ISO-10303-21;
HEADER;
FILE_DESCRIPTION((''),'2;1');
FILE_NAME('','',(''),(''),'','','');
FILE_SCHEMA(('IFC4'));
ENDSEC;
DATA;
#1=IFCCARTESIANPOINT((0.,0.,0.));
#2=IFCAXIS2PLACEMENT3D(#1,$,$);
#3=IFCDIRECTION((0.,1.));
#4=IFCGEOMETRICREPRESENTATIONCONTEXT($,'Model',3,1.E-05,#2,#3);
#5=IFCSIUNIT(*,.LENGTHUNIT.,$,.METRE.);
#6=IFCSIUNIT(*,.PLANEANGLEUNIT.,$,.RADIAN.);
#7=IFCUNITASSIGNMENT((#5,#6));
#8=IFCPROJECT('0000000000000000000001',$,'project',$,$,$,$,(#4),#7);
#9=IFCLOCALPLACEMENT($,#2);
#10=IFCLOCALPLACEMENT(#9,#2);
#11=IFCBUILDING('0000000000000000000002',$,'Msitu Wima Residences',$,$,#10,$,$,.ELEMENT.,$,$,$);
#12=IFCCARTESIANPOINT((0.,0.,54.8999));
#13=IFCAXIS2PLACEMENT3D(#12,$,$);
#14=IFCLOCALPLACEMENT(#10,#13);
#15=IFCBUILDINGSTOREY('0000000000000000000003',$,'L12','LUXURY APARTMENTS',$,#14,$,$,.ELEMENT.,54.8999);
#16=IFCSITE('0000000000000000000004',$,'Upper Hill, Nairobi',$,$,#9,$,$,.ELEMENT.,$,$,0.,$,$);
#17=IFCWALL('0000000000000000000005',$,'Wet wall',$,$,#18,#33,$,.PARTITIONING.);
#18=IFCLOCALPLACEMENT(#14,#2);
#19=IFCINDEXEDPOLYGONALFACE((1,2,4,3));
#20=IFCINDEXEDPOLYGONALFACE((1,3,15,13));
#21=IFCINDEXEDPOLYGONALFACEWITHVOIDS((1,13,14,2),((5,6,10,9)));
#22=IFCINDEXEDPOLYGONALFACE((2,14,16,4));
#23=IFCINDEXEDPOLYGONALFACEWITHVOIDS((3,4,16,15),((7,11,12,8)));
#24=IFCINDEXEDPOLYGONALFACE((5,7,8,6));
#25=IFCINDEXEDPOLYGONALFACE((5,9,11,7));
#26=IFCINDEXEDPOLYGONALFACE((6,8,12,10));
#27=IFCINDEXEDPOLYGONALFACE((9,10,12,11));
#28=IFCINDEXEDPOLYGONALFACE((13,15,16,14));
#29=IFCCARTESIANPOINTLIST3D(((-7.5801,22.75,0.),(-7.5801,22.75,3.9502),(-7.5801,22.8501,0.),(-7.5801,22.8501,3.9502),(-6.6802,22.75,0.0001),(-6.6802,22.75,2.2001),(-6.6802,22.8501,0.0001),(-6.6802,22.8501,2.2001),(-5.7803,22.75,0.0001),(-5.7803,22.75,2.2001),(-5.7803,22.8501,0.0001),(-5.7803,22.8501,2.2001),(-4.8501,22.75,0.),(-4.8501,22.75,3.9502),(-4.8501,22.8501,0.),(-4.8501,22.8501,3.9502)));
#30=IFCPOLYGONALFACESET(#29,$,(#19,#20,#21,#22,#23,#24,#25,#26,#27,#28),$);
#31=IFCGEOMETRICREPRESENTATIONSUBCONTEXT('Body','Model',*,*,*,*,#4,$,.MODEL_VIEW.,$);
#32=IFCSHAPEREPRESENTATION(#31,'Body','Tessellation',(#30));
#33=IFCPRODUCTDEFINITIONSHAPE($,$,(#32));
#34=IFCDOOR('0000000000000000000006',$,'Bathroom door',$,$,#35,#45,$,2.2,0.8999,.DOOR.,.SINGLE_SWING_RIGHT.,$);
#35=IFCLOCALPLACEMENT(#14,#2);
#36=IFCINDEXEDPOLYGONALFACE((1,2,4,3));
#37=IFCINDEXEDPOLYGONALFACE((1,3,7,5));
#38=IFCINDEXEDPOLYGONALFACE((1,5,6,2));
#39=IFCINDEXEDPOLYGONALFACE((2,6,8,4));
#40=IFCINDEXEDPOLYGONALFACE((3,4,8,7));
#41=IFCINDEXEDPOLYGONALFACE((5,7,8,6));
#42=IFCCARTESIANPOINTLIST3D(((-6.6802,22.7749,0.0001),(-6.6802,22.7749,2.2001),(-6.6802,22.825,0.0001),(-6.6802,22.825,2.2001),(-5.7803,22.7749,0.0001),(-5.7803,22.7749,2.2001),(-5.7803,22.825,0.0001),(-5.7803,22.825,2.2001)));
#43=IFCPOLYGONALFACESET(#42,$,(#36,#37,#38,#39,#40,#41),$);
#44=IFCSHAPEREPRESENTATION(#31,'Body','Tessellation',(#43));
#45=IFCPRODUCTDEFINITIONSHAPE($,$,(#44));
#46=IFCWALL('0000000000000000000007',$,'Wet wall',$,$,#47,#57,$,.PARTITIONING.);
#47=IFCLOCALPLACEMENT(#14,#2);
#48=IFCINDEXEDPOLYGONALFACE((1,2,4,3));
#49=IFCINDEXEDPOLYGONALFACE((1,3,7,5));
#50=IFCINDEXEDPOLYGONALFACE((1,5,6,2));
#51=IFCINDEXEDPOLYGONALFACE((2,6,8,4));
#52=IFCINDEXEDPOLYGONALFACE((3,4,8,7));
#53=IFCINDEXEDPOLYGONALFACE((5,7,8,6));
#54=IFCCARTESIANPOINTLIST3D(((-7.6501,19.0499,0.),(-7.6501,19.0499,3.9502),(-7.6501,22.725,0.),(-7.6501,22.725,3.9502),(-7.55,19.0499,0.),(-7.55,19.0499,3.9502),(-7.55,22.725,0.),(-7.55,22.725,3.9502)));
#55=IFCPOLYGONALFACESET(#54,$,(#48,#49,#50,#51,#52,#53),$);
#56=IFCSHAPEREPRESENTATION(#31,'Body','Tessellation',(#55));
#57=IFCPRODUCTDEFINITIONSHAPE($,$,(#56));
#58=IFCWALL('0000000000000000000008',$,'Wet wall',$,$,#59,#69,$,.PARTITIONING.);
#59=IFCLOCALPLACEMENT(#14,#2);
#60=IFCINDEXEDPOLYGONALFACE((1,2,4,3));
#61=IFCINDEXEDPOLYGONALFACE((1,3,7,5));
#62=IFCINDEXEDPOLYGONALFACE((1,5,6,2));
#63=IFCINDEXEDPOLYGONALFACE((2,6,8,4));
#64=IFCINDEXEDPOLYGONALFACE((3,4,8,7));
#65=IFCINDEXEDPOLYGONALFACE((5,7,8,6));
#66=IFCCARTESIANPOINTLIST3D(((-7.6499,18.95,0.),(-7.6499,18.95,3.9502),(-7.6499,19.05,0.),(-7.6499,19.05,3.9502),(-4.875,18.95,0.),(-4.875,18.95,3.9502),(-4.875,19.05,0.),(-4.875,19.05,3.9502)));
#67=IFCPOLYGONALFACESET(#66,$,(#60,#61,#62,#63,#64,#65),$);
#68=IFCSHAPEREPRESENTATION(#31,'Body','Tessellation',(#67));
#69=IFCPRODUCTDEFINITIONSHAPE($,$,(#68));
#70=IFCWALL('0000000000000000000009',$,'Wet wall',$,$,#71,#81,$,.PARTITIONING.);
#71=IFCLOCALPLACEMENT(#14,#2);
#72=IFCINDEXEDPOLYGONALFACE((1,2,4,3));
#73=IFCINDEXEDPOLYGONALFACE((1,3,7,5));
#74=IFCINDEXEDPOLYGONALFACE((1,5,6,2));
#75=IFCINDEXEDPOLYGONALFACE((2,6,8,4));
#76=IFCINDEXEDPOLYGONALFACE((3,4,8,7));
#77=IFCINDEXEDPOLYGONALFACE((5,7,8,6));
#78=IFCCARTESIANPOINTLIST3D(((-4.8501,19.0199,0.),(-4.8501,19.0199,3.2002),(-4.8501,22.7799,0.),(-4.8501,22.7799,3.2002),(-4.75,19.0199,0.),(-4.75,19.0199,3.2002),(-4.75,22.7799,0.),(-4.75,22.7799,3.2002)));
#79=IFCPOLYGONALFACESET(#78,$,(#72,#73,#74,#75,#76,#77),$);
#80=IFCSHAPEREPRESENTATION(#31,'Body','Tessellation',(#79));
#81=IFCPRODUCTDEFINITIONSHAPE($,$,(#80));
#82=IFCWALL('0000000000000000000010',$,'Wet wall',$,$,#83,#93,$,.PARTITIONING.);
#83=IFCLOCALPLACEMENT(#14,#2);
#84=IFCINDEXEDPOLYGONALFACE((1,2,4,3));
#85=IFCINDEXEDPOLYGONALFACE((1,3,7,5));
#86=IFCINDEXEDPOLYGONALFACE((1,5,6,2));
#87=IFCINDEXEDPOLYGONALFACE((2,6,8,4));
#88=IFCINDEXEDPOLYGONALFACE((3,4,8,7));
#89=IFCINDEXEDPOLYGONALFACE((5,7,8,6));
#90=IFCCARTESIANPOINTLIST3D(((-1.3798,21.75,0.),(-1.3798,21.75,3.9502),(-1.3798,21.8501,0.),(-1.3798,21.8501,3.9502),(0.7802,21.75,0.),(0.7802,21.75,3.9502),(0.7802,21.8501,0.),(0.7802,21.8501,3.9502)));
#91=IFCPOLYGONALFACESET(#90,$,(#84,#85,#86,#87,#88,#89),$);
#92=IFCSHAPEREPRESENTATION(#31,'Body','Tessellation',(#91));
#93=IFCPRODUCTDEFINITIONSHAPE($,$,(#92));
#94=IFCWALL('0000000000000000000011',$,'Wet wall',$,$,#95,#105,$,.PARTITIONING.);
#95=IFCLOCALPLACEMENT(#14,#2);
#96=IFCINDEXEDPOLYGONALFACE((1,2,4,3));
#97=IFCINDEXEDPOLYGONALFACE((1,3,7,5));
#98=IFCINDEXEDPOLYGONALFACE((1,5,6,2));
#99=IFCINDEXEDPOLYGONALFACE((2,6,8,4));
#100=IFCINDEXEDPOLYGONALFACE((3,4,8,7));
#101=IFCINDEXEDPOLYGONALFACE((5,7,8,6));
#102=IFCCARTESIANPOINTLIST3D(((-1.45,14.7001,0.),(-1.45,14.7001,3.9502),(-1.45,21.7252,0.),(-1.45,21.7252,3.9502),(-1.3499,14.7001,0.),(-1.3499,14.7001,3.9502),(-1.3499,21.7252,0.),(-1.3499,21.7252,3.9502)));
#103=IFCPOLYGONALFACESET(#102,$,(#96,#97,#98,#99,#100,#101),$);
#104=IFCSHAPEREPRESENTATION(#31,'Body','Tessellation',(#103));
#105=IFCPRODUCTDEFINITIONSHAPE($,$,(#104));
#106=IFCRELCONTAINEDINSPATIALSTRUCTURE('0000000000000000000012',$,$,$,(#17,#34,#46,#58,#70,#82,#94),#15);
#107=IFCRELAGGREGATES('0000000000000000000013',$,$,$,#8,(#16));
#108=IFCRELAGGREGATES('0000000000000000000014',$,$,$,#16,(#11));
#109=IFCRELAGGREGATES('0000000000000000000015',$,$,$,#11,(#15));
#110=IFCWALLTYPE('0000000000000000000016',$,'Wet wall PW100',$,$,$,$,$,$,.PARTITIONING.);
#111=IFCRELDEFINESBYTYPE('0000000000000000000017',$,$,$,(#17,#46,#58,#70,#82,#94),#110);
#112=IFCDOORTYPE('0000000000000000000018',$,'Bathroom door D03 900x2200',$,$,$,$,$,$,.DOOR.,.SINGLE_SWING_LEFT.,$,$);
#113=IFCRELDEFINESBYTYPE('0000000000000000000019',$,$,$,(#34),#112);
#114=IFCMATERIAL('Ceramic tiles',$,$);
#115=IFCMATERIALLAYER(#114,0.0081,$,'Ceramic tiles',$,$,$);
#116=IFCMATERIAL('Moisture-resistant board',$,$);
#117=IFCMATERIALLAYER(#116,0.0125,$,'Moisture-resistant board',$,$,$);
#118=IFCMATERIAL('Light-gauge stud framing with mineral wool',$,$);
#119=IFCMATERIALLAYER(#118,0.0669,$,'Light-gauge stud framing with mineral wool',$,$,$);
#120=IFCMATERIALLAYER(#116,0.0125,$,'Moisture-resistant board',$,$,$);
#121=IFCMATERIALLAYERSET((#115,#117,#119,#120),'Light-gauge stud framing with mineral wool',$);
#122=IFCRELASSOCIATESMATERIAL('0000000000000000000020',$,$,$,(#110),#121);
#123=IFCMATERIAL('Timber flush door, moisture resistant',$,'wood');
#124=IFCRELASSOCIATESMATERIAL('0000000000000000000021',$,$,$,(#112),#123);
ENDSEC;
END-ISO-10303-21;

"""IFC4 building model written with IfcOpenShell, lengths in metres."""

from ifc_helpers import new_model, si_unit, direction, frame, frame_2d, origin, place, context, subcontext, project, spatial, rectangle, extrude, material, layer, layer_set, type_object, element, fill, save


model = new_model("IFC4")

# Units and contexts
model_context = context("Model", 3, precision=1e-05, world=origin(), true_north=direction((0.0, 1.0)))
body_context = subcontext(model_context, "Body", "Model", "MODEL_VIEW")
ifc_project = project(units=[si_unit("LENGTHUNIT", "METRE"), si_unit("PLANEANGLEUNIT", "RADIAN")], contexts=[model_context])

# Site, building, storey
site_placement = place(None, origin())
site = spatial("IfcSite", under=ifc_project, at=site_placement, Name="Upper Hill, Nairobi", CompositionType="ELEMENT", RefElevation=0.0)
building_placement = place(site_placement, origin())
building = spatial("IfcBuilding", under=site, at=building_placement, Name="Msitu Wima Residences", CompositionType="ELEMENT")
storey_placement = place(building_placement, frame((0.0, 0.0, 54.8999)))
storey = spatial("IfcBuildingStorey", under=building, at=storey_placement, Name="L12", Description="LUXURY APARTMENTS", CompositionType="ELEMENT", Elevation=54.8999)

# Shared definitions
ifc_material_1 = material(Name="Ceramic tiles")
ifc_layer_1 = layer(ifc_material_1, 0.0081, Name="Ceramic tiles")
ifc_material_2 = material(Name="Moisture-resistant board")
ifc_layer_2 = layer(ifc_material_2, 0.0125, Name="Moisture-resistant board")
ifc_material_3 = material(Name="Light-gauge stud framing with mineral wool")
ifc_layer_3 = layer(ifc_material_3, 0.0669, Name="Light-gauge stud framing with mineral wool")
ifc_layer_4 = layer(ifc_material_2, 0.0125, Name="Moisture-resistant board")
ifc_layer_set_1 = layer_set([ifc_layer_1, ifc_layer_2, ifc_layer_3, ifc_layer_4], Name="Light-gauge stud framing with mineral wool")
wall_type_1 = type_object("IfcWallType", Name="Wet wall PW100", PredefinedType="PARTITIONING", material=ifc_layer_set_1)

# Wall, opening, door
wall_1_placement = place(storey_placement, frame((-7.5801, 22.8, 0.0), z_axis=(0.0, 0.0, 1.0), x_axis=(1.0, 0.0, 0.0)))
wall_1 = element("IfcWall", 1, at=wall_1_placement, inside=storey, type_object=wall_type_1, Name="Wet wall", PredefinedType="PARTITIONING", context=body_context, shape_type="SweptSolid", body=[
    extrude(rectangle(XDim=2.73, YDim=0.1001, at=frame_2d((1.365, 0.0))), origin(), (0.0, 0.0, 1.0), 3.9502),
])
opening_1_placement = place(wall_1_placement, frame((0.8999, 0.0, 0.0)))
opening_1 = element("IfcOpeningElement", 2, at=opening_1_placement, cuts=wall_1, PredefinedType="OPENING", context=body_context, shape_type="SweptSolid", body=[
    extrude(rectangle(XDim=0.8999, YDim=2.2, at=frame_2d((0.45, 1.1001))), frame((0.0, 0.0601, 0.0), z_axis=(0.0, -1.0, 0.0), x_axis=(1.0, 0.0, 0.0)), (0.0, 0.0, 1.0), 0.1201),
])
ifc_material_4 = material(Name="Timber flush door, moisture resistant", Category="wood")
door_type_1 = type_object("IfcDoorType", Name="Bathroom door D03 900x2200", OperationType="SINGLE_SWING_LEFT", PredefinedType="DOOR", material=ifc_material_4)
door_1_placement = place(opening_1_placement, origin())
door_1 = element("IfcDoor", 3, at=door_1_placement, inside=storey, type_object=door_type_1, Name="Bathroom door", OperationType="SINGLE_SWING_RIGHT", OverallHeight=2.2, OverallWidth=0.8999, PredefinedType="DOOR", context=body_context, shape_type="SweptSolid", body=[
    extrude(rectangle(XDim=0.8999, YDim=2.2, at=frame_2d((0.45, 1.1001))), frame((0.0, 0.0249, 0.0), z_axis=(0.0, -1.0, 0.0), x_axis=(1.0, 0.0, 0.0)), (0.0, 0.0, 1.0), 0.05),
])
fill(opening_1, door_1)

# Walls
wall_2_placement = place(storey_placement, frame((-7.6001, 19.05, 0.0), z_axis=(0.0, 0.0, 1.0), x_axis=(0.0, 1.0, 0.0)))
element("IfcWall", 4, at=wall_2_placement, inside=storey, type_object=wall_type_1, Name="Wet wall", PredefinedType="PARTITIONING", context=body_context, shape_type="SweptSolid", body=[
    extrude(rectangle(XDim=3.675, YDim=0.1001, at=frame_2d((1.8374, 0.0))), origin(), (0.0, 0.0, 1.0), 3.9502),
])
wall_3_placement = place(storey_placement, frame((-7.6499, 19.0, 0.0), z_axis=(0.0, 0.0, 1.0), x_axis=(1.0, 0.0, 0.0)))
element("IfcWall", 5, at=wall_3_placement, inside=storey, type_object=wall_type_1, Name="Wet wall", PredefinedType="PARTITIONING", context=body_context, shape_type="SweptSolid", body=[
    extrude(rectangle(XDim=2.7749, YDim=0.1001, at=frame_2d((1.3875, 0.0))), origin(), (0.0, 0.0, 1.0), 3.9502),
])
wall_4_placement = place(storey_placement, frame((-4.8, 19.02, 0.0), z_axis=(0.0, 0.0, 1.0), x_axis=(0.0, 1.0, 0.0)))
element("IfcWall", 6, at=wall_4_placement, inside=storey, type_object=wall_type_1, Name="Wet wall", PredefinedType="PARTITIONING", context=body_context, shape_type="SweptSolid", body=[
    extrude(rectangle(XDim=3.76, YDim=0.1001, at=frame_2d((1.8799, 0.0))), origin(), (0.0, 0.0, 1.0), 3.2002),
])
wall_5_placement = place(storey_placement, frame((-1.3799, 21.8, 0.0), z_axis=(0.0, 0.0, 1.0), x_axis=(1.0, 0.0, 0.0)))
element("IfcWall", 7, at=wall_5_placement, inside=storey, type_object=wall_type_1, Name="Wet wall", PredefinedType="PARTITIONING", context=body_context, shape_type="SweptSolid", body=[
    extrude(rectangle(XDim=2.1599, YDim=0.1001, at=frame_2d((1.0801, 0.0))), origin(), (0.0, 0.0, 1.0), 3.9502),
])
wall_6_placement = place(storey_placement, frame((-1.3999, 14.7, 0.0), z_axis=(0.0, 0.0, 1.0), x_axis=(0.0, 1.0, 0.0)))
element("IfcWall", 8, at=wall_6_placement, inside=storey, type_object=wall_type_1, Name="Wet wall", PredefinedType="PARTITIONING", context=body_context, shape_type="SweptSolid", body=[
    extrude(rectangle(XDim=7.0251, YDim=0.1001, at=frame_2d((3.5127, 0.0))), origin(), (0.0, 0.0, 1.0), 3.9502),
])

save(model, "model.ifc")
